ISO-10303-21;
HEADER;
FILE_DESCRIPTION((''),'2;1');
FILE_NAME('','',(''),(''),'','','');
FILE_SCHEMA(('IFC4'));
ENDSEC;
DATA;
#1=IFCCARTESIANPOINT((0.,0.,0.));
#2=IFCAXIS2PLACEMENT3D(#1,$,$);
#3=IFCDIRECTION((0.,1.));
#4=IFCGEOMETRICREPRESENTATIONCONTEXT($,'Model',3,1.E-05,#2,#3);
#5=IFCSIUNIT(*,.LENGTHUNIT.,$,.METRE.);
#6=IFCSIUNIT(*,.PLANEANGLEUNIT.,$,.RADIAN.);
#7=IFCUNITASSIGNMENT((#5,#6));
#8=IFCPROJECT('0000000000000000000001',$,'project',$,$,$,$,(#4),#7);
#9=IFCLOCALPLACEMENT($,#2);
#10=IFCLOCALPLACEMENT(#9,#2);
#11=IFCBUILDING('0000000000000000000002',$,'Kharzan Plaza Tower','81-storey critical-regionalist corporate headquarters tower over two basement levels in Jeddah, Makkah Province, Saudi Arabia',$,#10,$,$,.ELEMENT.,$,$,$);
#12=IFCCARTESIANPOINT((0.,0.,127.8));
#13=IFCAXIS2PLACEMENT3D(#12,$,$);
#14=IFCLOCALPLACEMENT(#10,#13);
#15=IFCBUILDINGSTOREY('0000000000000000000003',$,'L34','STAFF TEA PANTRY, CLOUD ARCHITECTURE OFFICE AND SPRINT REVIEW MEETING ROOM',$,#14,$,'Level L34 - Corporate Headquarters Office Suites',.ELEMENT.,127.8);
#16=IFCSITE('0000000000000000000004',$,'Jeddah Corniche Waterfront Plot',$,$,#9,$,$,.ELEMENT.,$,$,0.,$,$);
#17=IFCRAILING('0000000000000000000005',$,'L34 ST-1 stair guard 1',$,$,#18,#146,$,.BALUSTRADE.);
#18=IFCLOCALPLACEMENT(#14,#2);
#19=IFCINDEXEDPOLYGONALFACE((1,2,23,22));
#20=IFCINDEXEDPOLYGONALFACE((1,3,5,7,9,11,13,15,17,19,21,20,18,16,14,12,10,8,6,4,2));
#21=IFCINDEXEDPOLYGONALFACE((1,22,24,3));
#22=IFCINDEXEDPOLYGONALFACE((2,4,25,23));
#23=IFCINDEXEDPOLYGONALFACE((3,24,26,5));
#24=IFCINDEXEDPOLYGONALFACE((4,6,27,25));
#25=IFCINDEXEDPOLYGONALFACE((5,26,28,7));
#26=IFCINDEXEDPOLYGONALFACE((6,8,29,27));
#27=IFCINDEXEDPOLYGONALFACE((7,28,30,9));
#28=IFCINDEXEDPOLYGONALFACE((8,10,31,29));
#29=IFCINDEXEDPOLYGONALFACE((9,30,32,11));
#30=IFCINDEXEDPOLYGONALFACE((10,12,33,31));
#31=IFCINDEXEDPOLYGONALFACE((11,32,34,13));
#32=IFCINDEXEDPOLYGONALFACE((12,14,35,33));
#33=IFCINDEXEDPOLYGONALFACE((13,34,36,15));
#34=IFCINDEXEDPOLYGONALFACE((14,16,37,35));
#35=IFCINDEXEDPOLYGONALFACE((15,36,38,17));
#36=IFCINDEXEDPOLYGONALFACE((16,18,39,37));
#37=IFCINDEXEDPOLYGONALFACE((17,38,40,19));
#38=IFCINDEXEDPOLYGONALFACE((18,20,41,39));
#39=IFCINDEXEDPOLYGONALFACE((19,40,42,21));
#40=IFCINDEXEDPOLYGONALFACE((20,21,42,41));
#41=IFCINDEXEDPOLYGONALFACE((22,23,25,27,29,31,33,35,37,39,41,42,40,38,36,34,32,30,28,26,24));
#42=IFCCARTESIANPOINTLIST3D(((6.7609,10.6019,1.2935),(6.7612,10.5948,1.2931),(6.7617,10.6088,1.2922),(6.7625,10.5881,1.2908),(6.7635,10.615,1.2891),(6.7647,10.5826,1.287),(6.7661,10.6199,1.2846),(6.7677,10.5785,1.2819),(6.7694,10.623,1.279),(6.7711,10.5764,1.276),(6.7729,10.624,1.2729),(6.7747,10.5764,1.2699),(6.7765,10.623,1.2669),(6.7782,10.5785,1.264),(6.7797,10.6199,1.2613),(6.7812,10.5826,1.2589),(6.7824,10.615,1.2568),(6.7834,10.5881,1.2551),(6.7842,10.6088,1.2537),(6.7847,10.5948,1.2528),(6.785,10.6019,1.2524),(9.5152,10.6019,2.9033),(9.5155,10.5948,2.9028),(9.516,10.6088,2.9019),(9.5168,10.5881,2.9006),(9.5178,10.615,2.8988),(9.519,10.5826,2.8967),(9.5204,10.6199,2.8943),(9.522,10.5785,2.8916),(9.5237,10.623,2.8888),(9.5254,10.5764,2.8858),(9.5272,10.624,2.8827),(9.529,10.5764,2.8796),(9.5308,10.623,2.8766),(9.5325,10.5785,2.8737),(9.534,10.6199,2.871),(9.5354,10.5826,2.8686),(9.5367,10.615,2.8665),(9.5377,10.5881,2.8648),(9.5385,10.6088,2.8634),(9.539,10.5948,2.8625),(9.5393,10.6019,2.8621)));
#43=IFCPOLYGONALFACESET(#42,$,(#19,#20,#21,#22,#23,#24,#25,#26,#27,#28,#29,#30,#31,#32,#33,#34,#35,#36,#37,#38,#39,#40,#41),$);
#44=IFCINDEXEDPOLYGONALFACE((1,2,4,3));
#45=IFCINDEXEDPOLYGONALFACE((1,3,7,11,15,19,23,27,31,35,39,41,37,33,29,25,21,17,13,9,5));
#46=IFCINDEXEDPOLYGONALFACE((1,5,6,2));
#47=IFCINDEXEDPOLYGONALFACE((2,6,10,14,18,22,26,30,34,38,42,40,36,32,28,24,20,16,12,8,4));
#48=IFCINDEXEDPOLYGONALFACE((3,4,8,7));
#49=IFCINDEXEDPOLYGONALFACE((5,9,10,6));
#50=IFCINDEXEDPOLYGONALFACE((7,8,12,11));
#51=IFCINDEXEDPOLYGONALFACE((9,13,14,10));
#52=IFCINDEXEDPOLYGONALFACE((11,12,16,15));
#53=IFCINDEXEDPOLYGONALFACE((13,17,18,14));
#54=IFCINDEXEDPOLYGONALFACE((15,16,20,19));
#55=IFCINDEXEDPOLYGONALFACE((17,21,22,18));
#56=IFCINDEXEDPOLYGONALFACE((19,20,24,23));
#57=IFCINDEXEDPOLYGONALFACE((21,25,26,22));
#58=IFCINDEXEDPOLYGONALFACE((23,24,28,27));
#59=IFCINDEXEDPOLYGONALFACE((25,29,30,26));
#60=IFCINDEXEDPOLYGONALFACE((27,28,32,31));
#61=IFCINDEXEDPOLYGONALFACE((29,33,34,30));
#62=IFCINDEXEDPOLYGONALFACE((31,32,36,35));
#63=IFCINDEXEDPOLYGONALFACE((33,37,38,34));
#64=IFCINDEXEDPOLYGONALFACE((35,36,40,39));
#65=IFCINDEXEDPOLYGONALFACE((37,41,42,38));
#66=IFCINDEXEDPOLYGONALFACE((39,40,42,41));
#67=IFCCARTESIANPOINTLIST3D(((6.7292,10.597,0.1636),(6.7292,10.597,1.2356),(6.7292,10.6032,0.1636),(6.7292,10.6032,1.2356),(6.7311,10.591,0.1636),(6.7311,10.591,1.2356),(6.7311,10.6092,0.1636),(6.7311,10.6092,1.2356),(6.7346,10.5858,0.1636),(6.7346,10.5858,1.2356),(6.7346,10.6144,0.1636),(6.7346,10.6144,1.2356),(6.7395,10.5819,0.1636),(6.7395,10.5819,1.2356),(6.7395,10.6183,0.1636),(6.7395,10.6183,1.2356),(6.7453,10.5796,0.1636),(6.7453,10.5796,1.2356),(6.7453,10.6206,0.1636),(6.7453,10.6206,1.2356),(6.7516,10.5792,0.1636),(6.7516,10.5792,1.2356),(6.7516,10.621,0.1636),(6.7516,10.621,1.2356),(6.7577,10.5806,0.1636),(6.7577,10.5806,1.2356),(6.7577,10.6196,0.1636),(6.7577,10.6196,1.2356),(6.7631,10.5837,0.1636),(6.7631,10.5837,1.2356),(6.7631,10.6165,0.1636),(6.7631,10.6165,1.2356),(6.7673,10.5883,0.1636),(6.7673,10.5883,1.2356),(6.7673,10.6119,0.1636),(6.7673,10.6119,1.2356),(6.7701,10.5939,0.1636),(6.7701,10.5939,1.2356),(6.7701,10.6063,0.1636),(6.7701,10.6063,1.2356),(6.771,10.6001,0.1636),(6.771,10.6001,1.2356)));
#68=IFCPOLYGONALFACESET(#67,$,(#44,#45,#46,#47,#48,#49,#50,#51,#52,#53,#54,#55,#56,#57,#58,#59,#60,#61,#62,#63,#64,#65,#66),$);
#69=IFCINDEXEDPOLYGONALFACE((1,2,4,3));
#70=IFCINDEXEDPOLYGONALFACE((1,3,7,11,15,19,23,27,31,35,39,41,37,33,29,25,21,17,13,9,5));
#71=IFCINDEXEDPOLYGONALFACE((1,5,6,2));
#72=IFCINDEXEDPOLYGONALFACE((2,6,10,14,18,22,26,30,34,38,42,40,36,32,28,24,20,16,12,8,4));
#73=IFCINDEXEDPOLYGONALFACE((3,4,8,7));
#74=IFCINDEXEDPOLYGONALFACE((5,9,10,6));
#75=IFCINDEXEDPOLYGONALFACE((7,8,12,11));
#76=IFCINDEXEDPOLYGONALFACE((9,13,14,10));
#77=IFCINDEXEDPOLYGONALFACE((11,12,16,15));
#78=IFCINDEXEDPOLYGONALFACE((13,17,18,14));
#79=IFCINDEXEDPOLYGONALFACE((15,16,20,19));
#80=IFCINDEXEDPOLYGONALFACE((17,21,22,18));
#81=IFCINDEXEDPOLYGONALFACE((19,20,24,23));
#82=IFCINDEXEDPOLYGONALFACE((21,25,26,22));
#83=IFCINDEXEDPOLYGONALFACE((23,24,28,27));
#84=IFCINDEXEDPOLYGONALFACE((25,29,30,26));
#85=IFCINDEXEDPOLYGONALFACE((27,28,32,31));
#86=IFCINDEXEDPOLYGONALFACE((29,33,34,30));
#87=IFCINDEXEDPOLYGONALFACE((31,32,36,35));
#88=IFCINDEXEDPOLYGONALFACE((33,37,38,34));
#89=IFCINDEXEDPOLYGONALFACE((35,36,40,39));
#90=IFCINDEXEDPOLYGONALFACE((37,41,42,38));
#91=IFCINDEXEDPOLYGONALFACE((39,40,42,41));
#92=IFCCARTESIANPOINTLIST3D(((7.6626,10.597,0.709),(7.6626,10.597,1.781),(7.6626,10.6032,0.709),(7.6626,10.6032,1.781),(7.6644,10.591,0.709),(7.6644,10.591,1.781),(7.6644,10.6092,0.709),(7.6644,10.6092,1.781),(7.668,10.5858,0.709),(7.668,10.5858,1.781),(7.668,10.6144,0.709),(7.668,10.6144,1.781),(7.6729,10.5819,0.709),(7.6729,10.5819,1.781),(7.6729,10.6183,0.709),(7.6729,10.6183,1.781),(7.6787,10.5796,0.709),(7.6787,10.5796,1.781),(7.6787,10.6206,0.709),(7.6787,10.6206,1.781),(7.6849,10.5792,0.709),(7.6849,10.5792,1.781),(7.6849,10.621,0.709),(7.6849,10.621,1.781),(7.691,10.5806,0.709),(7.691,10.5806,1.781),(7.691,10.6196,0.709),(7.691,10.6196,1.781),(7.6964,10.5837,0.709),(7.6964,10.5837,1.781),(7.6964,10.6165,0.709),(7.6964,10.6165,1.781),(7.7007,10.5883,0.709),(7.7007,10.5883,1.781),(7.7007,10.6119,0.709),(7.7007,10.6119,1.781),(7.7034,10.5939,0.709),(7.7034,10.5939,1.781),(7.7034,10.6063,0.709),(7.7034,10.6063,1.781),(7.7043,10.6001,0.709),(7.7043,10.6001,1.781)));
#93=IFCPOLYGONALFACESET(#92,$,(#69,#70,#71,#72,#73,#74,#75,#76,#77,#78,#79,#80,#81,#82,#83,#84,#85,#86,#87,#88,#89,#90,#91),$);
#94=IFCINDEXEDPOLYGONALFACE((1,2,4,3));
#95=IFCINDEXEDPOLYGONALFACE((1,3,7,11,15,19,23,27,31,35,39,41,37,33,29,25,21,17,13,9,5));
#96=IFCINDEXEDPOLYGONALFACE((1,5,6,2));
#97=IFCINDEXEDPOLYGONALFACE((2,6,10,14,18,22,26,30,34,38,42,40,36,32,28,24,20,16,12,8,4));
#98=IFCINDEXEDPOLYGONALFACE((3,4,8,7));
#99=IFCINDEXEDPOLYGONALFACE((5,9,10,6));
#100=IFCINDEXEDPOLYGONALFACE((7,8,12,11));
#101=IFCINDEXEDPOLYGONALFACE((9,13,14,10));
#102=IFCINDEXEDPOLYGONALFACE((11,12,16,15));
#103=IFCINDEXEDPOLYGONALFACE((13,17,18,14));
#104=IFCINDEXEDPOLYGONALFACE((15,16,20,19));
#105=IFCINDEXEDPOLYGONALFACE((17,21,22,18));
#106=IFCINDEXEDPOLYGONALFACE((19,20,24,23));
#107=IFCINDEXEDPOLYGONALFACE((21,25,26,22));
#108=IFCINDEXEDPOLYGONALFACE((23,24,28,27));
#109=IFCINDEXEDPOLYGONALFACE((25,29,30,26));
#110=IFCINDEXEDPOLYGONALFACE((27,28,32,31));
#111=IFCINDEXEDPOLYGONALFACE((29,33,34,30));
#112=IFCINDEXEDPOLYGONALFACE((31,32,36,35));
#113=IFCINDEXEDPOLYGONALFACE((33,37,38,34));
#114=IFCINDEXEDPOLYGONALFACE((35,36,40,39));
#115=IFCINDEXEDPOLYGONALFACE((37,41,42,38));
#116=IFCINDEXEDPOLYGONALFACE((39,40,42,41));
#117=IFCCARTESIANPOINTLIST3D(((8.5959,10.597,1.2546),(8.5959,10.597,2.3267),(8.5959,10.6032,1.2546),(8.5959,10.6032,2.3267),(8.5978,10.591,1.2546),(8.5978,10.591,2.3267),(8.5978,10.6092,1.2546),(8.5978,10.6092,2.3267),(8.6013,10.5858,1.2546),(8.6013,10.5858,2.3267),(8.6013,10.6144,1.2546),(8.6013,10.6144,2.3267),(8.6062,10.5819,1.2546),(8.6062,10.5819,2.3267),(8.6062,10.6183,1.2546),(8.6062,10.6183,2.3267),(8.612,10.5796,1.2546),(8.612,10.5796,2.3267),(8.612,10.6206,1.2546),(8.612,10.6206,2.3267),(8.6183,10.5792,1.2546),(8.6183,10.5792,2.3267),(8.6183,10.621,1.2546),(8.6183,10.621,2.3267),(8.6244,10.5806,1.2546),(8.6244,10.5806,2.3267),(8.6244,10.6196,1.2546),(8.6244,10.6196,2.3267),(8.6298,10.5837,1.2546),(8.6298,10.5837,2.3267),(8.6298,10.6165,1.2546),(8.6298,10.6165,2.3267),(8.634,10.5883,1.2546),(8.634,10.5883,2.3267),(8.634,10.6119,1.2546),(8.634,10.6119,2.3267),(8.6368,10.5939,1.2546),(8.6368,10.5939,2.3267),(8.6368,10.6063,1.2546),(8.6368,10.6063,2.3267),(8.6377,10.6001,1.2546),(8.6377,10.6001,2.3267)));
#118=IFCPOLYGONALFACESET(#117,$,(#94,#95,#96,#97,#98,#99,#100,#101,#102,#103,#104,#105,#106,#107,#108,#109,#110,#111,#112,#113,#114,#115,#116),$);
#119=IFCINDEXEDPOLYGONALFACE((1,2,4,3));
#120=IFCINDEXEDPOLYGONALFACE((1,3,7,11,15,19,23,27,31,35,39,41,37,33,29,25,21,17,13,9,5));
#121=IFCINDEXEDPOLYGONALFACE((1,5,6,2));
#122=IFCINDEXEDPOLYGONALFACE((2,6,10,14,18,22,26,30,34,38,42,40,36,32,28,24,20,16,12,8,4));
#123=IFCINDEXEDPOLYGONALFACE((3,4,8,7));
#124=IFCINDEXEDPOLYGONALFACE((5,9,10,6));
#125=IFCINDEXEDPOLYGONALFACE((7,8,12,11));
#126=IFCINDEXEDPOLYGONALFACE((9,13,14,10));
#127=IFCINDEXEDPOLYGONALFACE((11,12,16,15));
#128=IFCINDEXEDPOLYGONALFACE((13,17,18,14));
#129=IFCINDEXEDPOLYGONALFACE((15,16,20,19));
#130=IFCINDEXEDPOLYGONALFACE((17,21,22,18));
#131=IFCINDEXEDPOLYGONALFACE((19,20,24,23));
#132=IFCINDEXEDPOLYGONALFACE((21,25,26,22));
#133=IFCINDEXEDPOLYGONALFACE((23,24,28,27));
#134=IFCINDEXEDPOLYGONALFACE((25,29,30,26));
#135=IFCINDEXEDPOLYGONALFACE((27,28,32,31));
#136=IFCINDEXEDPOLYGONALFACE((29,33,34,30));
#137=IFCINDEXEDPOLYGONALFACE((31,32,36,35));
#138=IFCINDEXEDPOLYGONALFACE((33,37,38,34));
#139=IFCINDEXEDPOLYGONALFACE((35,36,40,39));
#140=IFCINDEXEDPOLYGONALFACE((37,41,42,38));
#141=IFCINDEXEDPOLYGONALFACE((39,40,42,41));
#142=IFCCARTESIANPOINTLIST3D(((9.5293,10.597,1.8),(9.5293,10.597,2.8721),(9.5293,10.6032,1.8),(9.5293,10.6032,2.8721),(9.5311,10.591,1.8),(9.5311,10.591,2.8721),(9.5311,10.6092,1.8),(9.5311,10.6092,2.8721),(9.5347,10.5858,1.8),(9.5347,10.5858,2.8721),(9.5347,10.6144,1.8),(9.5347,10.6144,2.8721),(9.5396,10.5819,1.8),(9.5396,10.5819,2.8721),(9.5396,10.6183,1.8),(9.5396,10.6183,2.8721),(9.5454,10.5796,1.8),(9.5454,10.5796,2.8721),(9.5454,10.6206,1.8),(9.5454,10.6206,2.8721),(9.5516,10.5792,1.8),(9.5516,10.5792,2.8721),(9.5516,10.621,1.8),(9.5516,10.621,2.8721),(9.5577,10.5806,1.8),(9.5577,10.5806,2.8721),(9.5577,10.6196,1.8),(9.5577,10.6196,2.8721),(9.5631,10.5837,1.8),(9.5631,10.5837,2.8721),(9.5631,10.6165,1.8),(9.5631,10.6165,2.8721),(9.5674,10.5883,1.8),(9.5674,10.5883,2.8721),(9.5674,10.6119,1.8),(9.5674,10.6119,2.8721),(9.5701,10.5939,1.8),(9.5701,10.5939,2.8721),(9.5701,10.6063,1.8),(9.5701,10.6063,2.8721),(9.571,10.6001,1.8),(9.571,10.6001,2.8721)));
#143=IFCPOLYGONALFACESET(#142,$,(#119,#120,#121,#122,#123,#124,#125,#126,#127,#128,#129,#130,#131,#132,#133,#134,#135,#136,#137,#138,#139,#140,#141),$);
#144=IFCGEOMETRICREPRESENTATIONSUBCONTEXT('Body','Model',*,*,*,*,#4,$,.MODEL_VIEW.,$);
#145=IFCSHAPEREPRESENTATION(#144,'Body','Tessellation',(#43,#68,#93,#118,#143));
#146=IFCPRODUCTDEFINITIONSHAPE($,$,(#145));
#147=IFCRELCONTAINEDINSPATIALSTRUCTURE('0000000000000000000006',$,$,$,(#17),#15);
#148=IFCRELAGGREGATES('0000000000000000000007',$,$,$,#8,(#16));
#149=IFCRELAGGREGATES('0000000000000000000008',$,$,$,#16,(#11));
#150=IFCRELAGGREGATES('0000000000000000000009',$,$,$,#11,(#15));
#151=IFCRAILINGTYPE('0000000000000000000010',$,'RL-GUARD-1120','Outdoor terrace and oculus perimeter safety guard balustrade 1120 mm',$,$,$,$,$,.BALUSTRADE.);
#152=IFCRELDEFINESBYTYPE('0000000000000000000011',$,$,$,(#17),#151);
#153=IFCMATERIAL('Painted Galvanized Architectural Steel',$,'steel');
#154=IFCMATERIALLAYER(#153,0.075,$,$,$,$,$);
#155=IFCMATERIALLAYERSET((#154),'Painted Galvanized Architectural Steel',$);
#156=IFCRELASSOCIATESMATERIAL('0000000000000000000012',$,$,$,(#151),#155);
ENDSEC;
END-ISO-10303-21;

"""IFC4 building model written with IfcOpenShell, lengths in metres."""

from ifc_helpers import new_model, si_unit, direction, frame, origin, origin_2d, place, context, subcontext, project, spatial, circle, extrude, source, transform, mapped, material, layer, layer_set, type_object, element, save


model = new_model("IFC4")

# Units and contexts
model_context = context("Model", 3, precision=1e-05, world=origin(), true_north=direction((0.0, 1.0)))
body_context = subcontext(model_context, "Body", "Model", "MODEL_VIEW")
ifc_project = project(units=[si_unit("LENGTHUNIT", "METRE"), si_unit("PLANEANGLEUNIT", "RADIAN")], contexts=[model_context])

# Site, building, storey
site_placement = place(None, origin())
site = spatial("IfcSite", under=ifc_project, at=site_placement, Name="Jeddah Corniche Waterfront Plot", CompositionType="ELEMENT", RefElevation=0.0)
building_placement = place(site_placement, origin())
building = spatial("IfcBuilding", under=site, at=building_placement, Name="Kharzan Plaza Tower", Description="81-storey critical-regionalist corporate headquarters tower over two basement levels in Jeddah, Makkah Province, Saudi Arabia", CompositionType="ELEMENT")
storey_placement = place(building_placement, frame((0.0, 0.0, 127.8)))
storey = spatial("IfcBuildingStorey", under=building, at=storey_placement, Name="L34", Description="STAFF TEA PANTRY, CLOUD ARCHITECTURE OFFICE AND SPRINT REVIEW MEETING ROOM", LongName="Level L34 - Corporate Headquarters Office Suites", CompositionType="ELEMENT", Elevation=127.8)

# Railing
ifc_material_1 = material(Name="Painted Galvanized Architectural Steel", Category="steel")
ifc_layer_1 = layer(ifc_material_1, 0.075)
ifc_layer_set_1 = layer_set([ifc_layer_1], Name="Painted Galvanized Architectural Steel")
railing_type_1 = type_object("IfcRailingType", Name="RL-GUARD-1120", Description="Outdoor terrace and oculus perimeter safety guard balustrade 1120 mm", PredefinedType="BALUSTRADE", material=ifc_layer_set_1)
shared_shape_1 = source(origin(), body_context, "Body", "SweptSolid", [
    extrude(circle(Radius=0.0239, at=origin_2d()), frame((0.0229, 0.0, 1.1094), z_axis=(0.863361, 0.0, 0.504587), x_axis=(0.0, 1.0, 0.0)), (0.0, 0.0, 1.0), 3.1902),
    extrude(circle(Radius=0.021, at=origin_2d()), origin(), (0.0, 0.0, 1.0), 1.072),
    extrude(circle(Radius=0.021, at=origin_2d()), frame((0.9333, 0.0, 0.5454)), (0.0, 0.0, 1.0), 1.072),
    extrude(circle(Radius=0.021, at=origin_2d()), frame((1.8667, 0.0, 1.0911)), (0.0, 0.0, 1.0), 1.072),
    extrude(circle(Radius=0.021, at=origin_2d()), frame((2.8, 0.0, 1.6365)), (0.0, 0.0, 1.0), 1.072),
])
railing_1_placement = place(storey_placement, frame((6.75, 10.6001, 0.1636)))
element("IfcRailing", 1, at=railing_1_placement, inside=storey, type_object=railing_type_1, Name="L34 ST-1 stair guard 1", PredefinedType="BALUSTRADE", context=body_context, shape_type="MappedRepresentation", body=[
    mapped(shared_shape_1, transform((0.0, 0.0, 0.0), x_axis=(1.0, 0.0, 0.0), y_axis=(0.0, 1.0, 0.0), z_axis=(0.0, 0.0, 1.0))),
])

save(model, "model.ifc")
